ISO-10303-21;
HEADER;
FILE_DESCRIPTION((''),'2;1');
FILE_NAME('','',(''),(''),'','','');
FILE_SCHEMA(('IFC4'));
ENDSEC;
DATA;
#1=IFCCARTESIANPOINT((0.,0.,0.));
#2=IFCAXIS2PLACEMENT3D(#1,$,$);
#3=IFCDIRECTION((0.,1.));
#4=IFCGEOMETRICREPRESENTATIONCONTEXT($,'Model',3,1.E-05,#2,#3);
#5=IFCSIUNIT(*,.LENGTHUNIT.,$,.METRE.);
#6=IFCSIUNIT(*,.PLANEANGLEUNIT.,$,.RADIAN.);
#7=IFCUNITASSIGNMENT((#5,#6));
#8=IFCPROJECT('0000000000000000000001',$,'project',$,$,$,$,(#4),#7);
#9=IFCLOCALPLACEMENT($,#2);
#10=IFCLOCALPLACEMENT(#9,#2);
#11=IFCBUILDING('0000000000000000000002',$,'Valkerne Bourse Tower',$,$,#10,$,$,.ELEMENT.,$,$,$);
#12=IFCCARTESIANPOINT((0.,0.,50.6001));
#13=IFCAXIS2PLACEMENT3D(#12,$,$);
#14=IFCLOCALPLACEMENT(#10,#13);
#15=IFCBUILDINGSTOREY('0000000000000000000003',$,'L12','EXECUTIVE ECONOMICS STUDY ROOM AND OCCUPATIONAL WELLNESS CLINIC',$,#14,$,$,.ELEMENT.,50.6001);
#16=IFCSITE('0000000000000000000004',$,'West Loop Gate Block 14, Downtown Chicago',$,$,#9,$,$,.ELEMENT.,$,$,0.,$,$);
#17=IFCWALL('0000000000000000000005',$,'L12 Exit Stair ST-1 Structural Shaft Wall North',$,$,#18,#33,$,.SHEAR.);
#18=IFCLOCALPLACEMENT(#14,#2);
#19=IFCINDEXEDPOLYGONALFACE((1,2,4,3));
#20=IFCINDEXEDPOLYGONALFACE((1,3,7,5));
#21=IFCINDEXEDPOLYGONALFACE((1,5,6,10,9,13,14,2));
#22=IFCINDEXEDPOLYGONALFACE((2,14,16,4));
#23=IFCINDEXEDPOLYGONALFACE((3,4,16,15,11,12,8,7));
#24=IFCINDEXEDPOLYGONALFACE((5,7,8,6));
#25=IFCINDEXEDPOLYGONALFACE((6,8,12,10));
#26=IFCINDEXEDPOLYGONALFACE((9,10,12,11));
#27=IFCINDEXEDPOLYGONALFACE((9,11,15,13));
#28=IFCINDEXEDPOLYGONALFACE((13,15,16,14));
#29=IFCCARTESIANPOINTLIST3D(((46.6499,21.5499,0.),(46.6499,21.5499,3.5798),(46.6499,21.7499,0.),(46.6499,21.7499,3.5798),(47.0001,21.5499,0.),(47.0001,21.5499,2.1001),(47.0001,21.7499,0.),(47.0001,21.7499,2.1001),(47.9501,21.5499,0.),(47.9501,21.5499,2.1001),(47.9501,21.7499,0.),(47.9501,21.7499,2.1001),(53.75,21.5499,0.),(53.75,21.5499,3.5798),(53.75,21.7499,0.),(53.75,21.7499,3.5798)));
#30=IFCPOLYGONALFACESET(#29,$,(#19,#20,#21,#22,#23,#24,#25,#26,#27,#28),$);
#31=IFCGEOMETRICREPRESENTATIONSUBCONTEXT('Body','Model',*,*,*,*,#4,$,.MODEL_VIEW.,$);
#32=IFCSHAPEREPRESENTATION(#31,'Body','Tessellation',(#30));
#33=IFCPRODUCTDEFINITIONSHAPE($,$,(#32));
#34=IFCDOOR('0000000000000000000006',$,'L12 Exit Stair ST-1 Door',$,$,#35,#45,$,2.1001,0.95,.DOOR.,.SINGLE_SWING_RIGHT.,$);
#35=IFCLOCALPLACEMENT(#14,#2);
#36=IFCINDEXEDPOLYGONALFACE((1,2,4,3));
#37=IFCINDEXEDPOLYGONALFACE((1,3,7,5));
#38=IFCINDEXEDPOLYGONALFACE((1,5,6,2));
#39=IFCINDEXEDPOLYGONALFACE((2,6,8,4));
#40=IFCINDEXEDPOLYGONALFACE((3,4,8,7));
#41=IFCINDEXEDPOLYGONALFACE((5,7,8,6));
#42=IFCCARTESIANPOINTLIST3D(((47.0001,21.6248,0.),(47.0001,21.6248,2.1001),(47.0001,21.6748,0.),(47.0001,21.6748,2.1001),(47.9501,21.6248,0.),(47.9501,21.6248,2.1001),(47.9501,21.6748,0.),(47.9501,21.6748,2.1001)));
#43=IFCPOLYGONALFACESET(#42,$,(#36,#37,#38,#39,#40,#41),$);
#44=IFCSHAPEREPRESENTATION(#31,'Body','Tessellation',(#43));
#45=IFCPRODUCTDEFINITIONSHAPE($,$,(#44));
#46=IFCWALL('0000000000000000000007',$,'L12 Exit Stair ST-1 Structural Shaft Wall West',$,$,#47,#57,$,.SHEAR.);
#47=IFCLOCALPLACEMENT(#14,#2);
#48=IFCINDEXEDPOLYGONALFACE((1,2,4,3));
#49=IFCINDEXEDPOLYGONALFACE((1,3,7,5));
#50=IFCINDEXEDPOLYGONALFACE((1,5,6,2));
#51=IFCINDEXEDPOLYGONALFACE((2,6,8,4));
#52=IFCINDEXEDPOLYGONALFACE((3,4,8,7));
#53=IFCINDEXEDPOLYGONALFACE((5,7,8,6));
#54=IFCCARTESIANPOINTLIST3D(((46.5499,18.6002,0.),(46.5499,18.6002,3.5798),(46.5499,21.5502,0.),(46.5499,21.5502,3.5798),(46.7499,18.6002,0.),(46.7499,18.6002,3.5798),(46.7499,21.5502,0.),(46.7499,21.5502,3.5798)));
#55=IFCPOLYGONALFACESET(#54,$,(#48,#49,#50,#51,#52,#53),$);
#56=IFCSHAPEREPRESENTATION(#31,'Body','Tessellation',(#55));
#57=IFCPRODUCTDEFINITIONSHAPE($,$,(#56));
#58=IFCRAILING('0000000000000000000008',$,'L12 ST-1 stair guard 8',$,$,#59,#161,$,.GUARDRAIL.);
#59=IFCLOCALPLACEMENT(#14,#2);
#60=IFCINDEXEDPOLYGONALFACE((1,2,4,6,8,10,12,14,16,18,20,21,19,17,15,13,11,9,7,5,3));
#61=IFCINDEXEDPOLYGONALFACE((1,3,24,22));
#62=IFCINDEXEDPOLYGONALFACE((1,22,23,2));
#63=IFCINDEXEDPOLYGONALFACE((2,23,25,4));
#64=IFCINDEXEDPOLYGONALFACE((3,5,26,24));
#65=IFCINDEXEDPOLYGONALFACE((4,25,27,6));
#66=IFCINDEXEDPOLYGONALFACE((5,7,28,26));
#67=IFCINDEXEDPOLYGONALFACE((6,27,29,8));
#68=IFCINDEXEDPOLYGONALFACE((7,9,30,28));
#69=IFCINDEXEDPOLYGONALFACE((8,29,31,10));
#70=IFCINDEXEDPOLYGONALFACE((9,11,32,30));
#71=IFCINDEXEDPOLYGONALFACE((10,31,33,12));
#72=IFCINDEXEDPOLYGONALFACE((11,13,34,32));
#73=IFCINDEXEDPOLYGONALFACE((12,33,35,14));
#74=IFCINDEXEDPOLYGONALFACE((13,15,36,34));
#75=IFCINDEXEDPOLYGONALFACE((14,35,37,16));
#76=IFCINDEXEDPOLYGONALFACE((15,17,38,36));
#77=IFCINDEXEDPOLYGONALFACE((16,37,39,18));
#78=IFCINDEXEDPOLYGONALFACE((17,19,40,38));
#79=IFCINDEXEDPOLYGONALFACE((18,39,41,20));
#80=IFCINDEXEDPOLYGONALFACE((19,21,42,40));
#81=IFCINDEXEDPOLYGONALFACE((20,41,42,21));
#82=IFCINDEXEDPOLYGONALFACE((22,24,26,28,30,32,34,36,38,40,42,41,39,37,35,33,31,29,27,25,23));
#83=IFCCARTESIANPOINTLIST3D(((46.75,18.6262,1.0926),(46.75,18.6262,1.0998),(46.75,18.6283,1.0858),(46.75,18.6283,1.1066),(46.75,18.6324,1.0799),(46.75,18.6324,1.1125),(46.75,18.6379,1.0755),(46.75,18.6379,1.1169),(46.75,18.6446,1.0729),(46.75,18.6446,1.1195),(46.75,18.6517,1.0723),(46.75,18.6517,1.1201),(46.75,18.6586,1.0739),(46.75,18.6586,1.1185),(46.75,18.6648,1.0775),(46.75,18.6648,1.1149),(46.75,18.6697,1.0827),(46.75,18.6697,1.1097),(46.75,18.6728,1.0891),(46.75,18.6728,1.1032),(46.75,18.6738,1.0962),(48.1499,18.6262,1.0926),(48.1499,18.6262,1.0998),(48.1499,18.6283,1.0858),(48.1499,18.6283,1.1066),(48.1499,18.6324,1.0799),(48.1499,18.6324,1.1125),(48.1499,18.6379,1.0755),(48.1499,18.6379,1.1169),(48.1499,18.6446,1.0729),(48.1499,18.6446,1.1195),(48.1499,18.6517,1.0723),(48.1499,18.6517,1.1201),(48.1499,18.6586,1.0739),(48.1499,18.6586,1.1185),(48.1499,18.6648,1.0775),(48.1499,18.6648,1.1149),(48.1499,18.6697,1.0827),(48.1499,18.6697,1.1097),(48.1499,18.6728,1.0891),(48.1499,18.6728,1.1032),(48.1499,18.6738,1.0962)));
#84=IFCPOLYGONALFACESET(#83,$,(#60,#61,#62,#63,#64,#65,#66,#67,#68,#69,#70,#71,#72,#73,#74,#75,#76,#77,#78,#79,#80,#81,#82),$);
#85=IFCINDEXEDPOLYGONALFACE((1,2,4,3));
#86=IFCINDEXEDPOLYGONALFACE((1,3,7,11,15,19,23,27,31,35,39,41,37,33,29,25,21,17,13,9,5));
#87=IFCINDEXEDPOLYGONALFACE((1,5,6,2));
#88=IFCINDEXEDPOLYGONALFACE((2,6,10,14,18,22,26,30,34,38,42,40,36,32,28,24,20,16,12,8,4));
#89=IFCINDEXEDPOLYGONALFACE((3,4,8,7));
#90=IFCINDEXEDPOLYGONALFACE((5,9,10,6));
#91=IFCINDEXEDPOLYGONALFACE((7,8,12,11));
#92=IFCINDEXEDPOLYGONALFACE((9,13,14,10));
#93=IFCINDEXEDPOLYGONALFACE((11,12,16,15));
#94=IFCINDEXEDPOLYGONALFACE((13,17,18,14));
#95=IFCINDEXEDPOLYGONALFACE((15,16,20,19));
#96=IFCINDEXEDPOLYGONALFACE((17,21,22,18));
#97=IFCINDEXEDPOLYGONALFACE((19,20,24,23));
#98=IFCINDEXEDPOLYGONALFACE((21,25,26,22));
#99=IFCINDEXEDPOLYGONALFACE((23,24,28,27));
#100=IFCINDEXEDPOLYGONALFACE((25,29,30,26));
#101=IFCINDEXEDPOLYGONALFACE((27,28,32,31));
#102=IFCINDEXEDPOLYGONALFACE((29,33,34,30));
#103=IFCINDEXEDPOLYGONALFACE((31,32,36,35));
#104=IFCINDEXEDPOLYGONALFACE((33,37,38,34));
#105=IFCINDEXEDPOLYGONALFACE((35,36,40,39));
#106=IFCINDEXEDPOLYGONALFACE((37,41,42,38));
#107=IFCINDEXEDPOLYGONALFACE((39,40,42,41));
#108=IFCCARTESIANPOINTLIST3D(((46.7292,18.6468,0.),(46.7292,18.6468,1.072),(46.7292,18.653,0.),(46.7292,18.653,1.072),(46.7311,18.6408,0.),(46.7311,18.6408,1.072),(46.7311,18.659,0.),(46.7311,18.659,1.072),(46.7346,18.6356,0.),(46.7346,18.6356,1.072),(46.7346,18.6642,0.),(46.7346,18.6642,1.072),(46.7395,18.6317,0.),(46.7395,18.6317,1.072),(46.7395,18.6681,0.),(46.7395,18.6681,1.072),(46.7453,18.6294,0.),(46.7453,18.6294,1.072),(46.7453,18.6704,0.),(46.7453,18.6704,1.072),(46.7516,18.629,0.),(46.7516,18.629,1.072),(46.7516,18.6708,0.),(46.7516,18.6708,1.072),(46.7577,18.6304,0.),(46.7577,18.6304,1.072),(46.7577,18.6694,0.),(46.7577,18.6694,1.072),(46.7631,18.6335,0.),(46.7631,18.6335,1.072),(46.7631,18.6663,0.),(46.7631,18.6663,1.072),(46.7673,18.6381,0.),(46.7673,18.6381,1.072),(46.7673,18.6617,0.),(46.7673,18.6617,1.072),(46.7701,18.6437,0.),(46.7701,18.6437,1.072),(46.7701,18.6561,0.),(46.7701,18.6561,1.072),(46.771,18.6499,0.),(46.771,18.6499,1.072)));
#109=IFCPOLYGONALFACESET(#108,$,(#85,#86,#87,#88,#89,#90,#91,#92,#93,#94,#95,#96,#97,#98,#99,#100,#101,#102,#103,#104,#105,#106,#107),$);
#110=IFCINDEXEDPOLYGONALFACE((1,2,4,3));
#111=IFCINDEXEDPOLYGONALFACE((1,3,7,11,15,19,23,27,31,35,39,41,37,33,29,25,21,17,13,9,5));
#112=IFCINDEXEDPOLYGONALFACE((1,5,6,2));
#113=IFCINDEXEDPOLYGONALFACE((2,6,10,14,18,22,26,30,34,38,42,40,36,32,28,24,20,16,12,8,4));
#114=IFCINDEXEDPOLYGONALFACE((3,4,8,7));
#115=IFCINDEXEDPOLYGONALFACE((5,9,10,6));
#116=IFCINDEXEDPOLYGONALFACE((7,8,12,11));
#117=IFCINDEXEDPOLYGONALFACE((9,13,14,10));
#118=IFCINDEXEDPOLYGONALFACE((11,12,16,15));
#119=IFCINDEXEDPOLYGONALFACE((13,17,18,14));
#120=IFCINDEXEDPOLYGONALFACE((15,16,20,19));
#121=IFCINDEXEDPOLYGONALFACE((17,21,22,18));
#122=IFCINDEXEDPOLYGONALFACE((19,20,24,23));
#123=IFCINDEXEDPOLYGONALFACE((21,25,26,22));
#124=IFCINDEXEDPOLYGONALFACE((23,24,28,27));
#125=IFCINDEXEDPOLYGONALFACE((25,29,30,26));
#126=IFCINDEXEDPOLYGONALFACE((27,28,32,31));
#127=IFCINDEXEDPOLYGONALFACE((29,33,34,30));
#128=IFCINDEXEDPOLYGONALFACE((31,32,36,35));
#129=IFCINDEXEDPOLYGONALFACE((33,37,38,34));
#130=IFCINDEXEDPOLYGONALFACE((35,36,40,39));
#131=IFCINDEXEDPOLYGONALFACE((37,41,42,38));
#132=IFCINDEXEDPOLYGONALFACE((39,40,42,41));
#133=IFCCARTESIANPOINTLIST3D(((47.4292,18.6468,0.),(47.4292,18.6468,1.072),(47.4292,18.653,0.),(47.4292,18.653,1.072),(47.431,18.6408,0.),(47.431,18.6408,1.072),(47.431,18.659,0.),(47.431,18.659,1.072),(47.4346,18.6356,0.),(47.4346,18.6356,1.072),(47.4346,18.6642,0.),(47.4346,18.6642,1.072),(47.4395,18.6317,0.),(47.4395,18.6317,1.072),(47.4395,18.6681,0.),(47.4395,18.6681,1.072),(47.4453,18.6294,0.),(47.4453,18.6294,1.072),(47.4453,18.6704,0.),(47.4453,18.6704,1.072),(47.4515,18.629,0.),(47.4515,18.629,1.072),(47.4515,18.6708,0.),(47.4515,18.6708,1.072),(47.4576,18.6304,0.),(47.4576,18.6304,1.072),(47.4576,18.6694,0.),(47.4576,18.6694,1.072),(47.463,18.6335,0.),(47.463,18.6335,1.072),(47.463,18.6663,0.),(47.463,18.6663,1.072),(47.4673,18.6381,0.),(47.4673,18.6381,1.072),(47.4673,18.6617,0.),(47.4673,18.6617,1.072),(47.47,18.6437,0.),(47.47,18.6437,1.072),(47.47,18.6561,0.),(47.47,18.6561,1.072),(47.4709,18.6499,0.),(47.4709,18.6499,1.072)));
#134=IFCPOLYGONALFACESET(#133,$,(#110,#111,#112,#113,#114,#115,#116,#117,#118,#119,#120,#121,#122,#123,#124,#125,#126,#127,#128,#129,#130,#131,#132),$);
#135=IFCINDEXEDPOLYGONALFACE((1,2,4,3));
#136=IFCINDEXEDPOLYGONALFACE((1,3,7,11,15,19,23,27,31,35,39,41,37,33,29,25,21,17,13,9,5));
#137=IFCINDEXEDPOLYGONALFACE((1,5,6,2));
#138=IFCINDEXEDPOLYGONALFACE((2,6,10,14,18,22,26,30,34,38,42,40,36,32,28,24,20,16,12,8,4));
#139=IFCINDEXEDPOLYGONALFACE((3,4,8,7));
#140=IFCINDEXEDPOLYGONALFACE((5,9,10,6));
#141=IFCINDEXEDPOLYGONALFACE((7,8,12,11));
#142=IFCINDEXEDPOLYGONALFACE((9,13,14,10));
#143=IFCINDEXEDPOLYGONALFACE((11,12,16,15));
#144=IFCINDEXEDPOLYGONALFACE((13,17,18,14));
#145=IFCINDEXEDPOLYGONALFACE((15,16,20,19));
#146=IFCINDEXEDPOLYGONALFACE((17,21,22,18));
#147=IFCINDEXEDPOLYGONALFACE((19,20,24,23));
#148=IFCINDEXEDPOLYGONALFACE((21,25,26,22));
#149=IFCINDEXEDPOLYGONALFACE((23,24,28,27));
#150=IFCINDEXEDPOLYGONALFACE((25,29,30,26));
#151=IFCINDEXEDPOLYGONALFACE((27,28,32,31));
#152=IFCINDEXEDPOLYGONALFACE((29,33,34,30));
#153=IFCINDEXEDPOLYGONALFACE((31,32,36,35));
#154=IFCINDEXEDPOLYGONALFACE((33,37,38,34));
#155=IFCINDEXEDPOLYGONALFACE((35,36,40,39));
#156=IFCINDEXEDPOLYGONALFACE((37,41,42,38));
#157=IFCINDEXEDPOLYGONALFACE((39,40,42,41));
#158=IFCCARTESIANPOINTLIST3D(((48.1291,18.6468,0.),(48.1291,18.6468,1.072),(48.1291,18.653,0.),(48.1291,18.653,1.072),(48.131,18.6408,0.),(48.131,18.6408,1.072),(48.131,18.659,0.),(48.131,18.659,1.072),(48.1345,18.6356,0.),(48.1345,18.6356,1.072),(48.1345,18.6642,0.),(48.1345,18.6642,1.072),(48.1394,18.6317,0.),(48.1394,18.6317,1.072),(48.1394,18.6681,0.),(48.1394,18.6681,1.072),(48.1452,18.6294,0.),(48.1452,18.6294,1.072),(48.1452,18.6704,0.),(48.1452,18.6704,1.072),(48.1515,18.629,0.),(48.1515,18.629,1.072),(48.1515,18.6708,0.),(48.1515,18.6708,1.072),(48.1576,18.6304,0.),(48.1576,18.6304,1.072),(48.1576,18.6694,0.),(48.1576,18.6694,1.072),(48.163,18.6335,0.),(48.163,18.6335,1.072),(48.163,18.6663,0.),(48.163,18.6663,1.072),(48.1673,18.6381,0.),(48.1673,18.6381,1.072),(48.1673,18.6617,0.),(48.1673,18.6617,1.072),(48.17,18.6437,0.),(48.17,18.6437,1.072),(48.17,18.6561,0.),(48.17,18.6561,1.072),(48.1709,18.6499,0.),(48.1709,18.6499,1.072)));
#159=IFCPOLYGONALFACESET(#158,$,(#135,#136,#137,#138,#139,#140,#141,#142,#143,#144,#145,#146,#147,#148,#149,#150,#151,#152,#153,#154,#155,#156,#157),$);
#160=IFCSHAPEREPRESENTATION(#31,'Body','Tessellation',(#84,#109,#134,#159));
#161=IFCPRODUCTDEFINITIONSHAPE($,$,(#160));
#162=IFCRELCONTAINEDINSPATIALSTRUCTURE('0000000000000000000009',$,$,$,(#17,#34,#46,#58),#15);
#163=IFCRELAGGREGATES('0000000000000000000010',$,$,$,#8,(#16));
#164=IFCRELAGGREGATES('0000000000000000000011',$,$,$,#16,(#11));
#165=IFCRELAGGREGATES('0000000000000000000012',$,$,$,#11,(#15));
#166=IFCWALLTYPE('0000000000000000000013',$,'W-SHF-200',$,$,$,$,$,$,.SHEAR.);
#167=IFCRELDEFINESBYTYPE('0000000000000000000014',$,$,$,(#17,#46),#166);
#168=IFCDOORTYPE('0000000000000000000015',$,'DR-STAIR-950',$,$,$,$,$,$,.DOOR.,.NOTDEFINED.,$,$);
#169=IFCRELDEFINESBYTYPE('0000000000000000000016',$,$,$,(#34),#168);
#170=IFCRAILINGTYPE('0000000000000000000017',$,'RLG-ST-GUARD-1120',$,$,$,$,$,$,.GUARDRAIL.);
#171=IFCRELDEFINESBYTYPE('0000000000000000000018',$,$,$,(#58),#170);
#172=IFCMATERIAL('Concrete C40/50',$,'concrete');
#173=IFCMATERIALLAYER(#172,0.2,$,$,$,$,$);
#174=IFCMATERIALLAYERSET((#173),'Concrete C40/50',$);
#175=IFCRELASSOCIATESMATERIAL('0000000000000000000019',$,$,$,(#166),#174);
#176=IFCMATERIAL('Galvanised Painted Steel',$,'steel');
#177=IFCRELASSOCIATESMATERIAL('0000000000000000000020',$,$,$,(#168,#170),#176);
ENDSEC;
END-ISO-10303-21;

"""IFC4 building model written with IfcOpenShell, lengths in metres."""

from ifc_helpers import new_model, si_unit, direction, frame, frame_2d, origin, origin_2d, place, context, subcontext, project, spatial, rectangle, circle, extrude, material, layer, layer_set, type_object, element, fill, save


model = new_model("IFC4")

# Units and contexts
model_context = context("Model", 3, precision=1e-05, world=origin(), true_north=direction((0.0, 1.0)))
body_context = subcontext(model_context, "Body", "Model", "MODEL_VIEW")
ifc_project = project(units=[si_unit("LENGTHUNIT", "METRE"), si_unit("PLANEANGLEUNIT", "RADIAN")], contexts=[model_context])

# Site, building, storey
site_placement = place(None, origin())
site = spatial("IfcSite", under=ifc_project, at=site_placement, Name="West Loop Gate Block 14, Downtown Chicago", CompositionType="ELEMENT", RefElevation=0.0)
building_placement = place(site_placement, origin())
building = spatial("IfcBuilding", under=site, at=building_placement, Name="Valkerne Bourse Tower", CompositionType="ELEMENT")
storey_placement = place(building_placement, frame((0.0, 0.0, 50.6001)))
storey = spatial("IfcBuildingStorey", under=building, at=storey_placement, Name="L12", Description="EXECUTIVE ECONOMICS STUDY ROOM AND OCCUPATIONAL WELLNESS CLINIC", CompositionType="ELEMENT", Elevation=50.6001)

# Shared definitions
ifc_material_1 = material(Name="Galvanised Painted Steel", Category="steel")

# Wall, opening, door
ifc_material_2 = material(Name="Concrete C40/50", Category="concrete")
ifc_layer_1 = layer(ifc_material_2, 0.2)
ifc_layer_set_1 = layer_set([ifc_layer_1], Name="Concrete C40/50")
wall_type_1 = type_object("IfcWallType", Name="W-SHF-200", PredefinedType="SHEAR", material=ifc_layer_set_1)
wall_1_placement = place(storey_placement, frame((46.6499, 21.6499, 0.0), z_axis=(0.0, 0.0, 1.0), x_axis=(1.0, 0.0, 0.0)))
wall_1 = element("IfcWall", 1, at=wall_1_placement, inside=storey, type_object=wall_type_1, Name="L12 Exit Stair ST-1 Structural Shaft Wall North", PredefinedType="SHEAR", context=body_context, shape_type="SweptSolid", body=[
    extrude(rectangle(XDim=7.1001, YDim=0.2, at=frame_2d((3.55, 0.0))), origin(), (0.0, 0.0, 1.0), 3.5798),
])
opening_1_placement = place(wall_1_placement, frame((0.3501, 0.0, 0.0)))
opening_1 = element("IfcOpeningElement", 2, at=opening_1_placement, cuts=wall_1, PredefinedType="OPENING", context=body_context, shape_type="SweptSolid", body=[
    extrude(rectangle(XDim=0.95, YDim=2.1001, at=frame_2d((0.4751, 1.05))), frame((0.0, 0.1099, 0.0), z_axis=(0.0, -1.0, 0.0), x_axis=(1.0, 0.0, 0.0)), (0.0, 0.0, 1.0), 0.22),
])
door_type_1 = type_object("IfcDoorType", Name="DR-STAIR-950", OperationType="NOTDEFINED", PredefinedType="DOOR", material=ifc_material_1)
door_1_placement = place(opening_1_placement, origin())
door_1 = element("IfcDoor", 3, at=door_1_placement, inside=storey, type_object=door_type_1, Name="L12 Exit Stair ST-1 Door", OperationType="SINGLE_SWING_RIGHT", OverallHeight=2.1001, OverallWidth=0.95, PredefinedType="DOOR", context=body_context, shape_type="SweptSolid", body=[
    extrude(rectangle(XDim=0.95, YDim=2.1001, at=frame_2d((0.4751, 1.05))), frame((0.0, 0.0249, 0.0), z_axis=(0.0, -1.0, 0.0), x_axis=(1.0, 0.0, 0.0)), (0.0, 0.0, 1.0), 0.05),
])
fill(opening_1, door_1)

# Wall
wall_2_placement = place(storey_placement, frame((46.6499, 18.6001, 0.0), z_axis=(0.0, 0.0, 1.0), x_axis=(0.0, 1.0, 0.0)))
element("IfcWall", 4, at=wall_2_placement, inside=storey, type_object=wall_type_1, Name="L12 Exit Stair ST-1 Structural Shaft Wall West", PredefinedType="SHEAR", context=body_context, shape_type="SweptSolid", body=[
    extrude(rectangle(XDim=2.95, YDim=0.2, at=frame_2d((1.4751, 0.0))), origin(), (0.0, 0.0, 1.0), 3.5798),
])

# Railing
railing_type = type_object("IfcRailingType", Name="RLG-ST-GUARD-1120", PredefinedType="GUARDRAIL", material=ifc_material_1)
for number, where, name in (
    (5, (46.75, 18.6499, 0.0), "L12 ST-1 stair guard 8"),
):
    element("IfcRailing", number, at=place(storey_placement, frame(where)), inside=storey, type_object=railing_type, Name=name, PredefinedType="GUARDRAIL", context=body_context, shape_type="SweptSolid", body=[
        extrude(circle(Radius=0.0239, at=origin_2d()), frame((0.0, 0.0, 1.0962), z_axis=(1.0, 0.0, 0.0), x_axis=(0.0, 1.0, 0.0)), (0.0, 0.0, 1.0), 1.3999),
        extrude(circle(Radius=0.021, at=origin_2d()), origin(), (0.0, 0.0, 1.0), 1.072),
        extrude(circle(Radius=0.021, at=origin_2d()), frame((0.7, 0.0, 0.0)), (0.0, 0.0, 1.0), 1.072),
        extrude(circle(Radius=0.021, at=origin_2d()), frame((1.3999, 0.0, 0.0)), (0.0, 0.0, 1.0), 1.072),
    ])

save(model, "model.ifc")
